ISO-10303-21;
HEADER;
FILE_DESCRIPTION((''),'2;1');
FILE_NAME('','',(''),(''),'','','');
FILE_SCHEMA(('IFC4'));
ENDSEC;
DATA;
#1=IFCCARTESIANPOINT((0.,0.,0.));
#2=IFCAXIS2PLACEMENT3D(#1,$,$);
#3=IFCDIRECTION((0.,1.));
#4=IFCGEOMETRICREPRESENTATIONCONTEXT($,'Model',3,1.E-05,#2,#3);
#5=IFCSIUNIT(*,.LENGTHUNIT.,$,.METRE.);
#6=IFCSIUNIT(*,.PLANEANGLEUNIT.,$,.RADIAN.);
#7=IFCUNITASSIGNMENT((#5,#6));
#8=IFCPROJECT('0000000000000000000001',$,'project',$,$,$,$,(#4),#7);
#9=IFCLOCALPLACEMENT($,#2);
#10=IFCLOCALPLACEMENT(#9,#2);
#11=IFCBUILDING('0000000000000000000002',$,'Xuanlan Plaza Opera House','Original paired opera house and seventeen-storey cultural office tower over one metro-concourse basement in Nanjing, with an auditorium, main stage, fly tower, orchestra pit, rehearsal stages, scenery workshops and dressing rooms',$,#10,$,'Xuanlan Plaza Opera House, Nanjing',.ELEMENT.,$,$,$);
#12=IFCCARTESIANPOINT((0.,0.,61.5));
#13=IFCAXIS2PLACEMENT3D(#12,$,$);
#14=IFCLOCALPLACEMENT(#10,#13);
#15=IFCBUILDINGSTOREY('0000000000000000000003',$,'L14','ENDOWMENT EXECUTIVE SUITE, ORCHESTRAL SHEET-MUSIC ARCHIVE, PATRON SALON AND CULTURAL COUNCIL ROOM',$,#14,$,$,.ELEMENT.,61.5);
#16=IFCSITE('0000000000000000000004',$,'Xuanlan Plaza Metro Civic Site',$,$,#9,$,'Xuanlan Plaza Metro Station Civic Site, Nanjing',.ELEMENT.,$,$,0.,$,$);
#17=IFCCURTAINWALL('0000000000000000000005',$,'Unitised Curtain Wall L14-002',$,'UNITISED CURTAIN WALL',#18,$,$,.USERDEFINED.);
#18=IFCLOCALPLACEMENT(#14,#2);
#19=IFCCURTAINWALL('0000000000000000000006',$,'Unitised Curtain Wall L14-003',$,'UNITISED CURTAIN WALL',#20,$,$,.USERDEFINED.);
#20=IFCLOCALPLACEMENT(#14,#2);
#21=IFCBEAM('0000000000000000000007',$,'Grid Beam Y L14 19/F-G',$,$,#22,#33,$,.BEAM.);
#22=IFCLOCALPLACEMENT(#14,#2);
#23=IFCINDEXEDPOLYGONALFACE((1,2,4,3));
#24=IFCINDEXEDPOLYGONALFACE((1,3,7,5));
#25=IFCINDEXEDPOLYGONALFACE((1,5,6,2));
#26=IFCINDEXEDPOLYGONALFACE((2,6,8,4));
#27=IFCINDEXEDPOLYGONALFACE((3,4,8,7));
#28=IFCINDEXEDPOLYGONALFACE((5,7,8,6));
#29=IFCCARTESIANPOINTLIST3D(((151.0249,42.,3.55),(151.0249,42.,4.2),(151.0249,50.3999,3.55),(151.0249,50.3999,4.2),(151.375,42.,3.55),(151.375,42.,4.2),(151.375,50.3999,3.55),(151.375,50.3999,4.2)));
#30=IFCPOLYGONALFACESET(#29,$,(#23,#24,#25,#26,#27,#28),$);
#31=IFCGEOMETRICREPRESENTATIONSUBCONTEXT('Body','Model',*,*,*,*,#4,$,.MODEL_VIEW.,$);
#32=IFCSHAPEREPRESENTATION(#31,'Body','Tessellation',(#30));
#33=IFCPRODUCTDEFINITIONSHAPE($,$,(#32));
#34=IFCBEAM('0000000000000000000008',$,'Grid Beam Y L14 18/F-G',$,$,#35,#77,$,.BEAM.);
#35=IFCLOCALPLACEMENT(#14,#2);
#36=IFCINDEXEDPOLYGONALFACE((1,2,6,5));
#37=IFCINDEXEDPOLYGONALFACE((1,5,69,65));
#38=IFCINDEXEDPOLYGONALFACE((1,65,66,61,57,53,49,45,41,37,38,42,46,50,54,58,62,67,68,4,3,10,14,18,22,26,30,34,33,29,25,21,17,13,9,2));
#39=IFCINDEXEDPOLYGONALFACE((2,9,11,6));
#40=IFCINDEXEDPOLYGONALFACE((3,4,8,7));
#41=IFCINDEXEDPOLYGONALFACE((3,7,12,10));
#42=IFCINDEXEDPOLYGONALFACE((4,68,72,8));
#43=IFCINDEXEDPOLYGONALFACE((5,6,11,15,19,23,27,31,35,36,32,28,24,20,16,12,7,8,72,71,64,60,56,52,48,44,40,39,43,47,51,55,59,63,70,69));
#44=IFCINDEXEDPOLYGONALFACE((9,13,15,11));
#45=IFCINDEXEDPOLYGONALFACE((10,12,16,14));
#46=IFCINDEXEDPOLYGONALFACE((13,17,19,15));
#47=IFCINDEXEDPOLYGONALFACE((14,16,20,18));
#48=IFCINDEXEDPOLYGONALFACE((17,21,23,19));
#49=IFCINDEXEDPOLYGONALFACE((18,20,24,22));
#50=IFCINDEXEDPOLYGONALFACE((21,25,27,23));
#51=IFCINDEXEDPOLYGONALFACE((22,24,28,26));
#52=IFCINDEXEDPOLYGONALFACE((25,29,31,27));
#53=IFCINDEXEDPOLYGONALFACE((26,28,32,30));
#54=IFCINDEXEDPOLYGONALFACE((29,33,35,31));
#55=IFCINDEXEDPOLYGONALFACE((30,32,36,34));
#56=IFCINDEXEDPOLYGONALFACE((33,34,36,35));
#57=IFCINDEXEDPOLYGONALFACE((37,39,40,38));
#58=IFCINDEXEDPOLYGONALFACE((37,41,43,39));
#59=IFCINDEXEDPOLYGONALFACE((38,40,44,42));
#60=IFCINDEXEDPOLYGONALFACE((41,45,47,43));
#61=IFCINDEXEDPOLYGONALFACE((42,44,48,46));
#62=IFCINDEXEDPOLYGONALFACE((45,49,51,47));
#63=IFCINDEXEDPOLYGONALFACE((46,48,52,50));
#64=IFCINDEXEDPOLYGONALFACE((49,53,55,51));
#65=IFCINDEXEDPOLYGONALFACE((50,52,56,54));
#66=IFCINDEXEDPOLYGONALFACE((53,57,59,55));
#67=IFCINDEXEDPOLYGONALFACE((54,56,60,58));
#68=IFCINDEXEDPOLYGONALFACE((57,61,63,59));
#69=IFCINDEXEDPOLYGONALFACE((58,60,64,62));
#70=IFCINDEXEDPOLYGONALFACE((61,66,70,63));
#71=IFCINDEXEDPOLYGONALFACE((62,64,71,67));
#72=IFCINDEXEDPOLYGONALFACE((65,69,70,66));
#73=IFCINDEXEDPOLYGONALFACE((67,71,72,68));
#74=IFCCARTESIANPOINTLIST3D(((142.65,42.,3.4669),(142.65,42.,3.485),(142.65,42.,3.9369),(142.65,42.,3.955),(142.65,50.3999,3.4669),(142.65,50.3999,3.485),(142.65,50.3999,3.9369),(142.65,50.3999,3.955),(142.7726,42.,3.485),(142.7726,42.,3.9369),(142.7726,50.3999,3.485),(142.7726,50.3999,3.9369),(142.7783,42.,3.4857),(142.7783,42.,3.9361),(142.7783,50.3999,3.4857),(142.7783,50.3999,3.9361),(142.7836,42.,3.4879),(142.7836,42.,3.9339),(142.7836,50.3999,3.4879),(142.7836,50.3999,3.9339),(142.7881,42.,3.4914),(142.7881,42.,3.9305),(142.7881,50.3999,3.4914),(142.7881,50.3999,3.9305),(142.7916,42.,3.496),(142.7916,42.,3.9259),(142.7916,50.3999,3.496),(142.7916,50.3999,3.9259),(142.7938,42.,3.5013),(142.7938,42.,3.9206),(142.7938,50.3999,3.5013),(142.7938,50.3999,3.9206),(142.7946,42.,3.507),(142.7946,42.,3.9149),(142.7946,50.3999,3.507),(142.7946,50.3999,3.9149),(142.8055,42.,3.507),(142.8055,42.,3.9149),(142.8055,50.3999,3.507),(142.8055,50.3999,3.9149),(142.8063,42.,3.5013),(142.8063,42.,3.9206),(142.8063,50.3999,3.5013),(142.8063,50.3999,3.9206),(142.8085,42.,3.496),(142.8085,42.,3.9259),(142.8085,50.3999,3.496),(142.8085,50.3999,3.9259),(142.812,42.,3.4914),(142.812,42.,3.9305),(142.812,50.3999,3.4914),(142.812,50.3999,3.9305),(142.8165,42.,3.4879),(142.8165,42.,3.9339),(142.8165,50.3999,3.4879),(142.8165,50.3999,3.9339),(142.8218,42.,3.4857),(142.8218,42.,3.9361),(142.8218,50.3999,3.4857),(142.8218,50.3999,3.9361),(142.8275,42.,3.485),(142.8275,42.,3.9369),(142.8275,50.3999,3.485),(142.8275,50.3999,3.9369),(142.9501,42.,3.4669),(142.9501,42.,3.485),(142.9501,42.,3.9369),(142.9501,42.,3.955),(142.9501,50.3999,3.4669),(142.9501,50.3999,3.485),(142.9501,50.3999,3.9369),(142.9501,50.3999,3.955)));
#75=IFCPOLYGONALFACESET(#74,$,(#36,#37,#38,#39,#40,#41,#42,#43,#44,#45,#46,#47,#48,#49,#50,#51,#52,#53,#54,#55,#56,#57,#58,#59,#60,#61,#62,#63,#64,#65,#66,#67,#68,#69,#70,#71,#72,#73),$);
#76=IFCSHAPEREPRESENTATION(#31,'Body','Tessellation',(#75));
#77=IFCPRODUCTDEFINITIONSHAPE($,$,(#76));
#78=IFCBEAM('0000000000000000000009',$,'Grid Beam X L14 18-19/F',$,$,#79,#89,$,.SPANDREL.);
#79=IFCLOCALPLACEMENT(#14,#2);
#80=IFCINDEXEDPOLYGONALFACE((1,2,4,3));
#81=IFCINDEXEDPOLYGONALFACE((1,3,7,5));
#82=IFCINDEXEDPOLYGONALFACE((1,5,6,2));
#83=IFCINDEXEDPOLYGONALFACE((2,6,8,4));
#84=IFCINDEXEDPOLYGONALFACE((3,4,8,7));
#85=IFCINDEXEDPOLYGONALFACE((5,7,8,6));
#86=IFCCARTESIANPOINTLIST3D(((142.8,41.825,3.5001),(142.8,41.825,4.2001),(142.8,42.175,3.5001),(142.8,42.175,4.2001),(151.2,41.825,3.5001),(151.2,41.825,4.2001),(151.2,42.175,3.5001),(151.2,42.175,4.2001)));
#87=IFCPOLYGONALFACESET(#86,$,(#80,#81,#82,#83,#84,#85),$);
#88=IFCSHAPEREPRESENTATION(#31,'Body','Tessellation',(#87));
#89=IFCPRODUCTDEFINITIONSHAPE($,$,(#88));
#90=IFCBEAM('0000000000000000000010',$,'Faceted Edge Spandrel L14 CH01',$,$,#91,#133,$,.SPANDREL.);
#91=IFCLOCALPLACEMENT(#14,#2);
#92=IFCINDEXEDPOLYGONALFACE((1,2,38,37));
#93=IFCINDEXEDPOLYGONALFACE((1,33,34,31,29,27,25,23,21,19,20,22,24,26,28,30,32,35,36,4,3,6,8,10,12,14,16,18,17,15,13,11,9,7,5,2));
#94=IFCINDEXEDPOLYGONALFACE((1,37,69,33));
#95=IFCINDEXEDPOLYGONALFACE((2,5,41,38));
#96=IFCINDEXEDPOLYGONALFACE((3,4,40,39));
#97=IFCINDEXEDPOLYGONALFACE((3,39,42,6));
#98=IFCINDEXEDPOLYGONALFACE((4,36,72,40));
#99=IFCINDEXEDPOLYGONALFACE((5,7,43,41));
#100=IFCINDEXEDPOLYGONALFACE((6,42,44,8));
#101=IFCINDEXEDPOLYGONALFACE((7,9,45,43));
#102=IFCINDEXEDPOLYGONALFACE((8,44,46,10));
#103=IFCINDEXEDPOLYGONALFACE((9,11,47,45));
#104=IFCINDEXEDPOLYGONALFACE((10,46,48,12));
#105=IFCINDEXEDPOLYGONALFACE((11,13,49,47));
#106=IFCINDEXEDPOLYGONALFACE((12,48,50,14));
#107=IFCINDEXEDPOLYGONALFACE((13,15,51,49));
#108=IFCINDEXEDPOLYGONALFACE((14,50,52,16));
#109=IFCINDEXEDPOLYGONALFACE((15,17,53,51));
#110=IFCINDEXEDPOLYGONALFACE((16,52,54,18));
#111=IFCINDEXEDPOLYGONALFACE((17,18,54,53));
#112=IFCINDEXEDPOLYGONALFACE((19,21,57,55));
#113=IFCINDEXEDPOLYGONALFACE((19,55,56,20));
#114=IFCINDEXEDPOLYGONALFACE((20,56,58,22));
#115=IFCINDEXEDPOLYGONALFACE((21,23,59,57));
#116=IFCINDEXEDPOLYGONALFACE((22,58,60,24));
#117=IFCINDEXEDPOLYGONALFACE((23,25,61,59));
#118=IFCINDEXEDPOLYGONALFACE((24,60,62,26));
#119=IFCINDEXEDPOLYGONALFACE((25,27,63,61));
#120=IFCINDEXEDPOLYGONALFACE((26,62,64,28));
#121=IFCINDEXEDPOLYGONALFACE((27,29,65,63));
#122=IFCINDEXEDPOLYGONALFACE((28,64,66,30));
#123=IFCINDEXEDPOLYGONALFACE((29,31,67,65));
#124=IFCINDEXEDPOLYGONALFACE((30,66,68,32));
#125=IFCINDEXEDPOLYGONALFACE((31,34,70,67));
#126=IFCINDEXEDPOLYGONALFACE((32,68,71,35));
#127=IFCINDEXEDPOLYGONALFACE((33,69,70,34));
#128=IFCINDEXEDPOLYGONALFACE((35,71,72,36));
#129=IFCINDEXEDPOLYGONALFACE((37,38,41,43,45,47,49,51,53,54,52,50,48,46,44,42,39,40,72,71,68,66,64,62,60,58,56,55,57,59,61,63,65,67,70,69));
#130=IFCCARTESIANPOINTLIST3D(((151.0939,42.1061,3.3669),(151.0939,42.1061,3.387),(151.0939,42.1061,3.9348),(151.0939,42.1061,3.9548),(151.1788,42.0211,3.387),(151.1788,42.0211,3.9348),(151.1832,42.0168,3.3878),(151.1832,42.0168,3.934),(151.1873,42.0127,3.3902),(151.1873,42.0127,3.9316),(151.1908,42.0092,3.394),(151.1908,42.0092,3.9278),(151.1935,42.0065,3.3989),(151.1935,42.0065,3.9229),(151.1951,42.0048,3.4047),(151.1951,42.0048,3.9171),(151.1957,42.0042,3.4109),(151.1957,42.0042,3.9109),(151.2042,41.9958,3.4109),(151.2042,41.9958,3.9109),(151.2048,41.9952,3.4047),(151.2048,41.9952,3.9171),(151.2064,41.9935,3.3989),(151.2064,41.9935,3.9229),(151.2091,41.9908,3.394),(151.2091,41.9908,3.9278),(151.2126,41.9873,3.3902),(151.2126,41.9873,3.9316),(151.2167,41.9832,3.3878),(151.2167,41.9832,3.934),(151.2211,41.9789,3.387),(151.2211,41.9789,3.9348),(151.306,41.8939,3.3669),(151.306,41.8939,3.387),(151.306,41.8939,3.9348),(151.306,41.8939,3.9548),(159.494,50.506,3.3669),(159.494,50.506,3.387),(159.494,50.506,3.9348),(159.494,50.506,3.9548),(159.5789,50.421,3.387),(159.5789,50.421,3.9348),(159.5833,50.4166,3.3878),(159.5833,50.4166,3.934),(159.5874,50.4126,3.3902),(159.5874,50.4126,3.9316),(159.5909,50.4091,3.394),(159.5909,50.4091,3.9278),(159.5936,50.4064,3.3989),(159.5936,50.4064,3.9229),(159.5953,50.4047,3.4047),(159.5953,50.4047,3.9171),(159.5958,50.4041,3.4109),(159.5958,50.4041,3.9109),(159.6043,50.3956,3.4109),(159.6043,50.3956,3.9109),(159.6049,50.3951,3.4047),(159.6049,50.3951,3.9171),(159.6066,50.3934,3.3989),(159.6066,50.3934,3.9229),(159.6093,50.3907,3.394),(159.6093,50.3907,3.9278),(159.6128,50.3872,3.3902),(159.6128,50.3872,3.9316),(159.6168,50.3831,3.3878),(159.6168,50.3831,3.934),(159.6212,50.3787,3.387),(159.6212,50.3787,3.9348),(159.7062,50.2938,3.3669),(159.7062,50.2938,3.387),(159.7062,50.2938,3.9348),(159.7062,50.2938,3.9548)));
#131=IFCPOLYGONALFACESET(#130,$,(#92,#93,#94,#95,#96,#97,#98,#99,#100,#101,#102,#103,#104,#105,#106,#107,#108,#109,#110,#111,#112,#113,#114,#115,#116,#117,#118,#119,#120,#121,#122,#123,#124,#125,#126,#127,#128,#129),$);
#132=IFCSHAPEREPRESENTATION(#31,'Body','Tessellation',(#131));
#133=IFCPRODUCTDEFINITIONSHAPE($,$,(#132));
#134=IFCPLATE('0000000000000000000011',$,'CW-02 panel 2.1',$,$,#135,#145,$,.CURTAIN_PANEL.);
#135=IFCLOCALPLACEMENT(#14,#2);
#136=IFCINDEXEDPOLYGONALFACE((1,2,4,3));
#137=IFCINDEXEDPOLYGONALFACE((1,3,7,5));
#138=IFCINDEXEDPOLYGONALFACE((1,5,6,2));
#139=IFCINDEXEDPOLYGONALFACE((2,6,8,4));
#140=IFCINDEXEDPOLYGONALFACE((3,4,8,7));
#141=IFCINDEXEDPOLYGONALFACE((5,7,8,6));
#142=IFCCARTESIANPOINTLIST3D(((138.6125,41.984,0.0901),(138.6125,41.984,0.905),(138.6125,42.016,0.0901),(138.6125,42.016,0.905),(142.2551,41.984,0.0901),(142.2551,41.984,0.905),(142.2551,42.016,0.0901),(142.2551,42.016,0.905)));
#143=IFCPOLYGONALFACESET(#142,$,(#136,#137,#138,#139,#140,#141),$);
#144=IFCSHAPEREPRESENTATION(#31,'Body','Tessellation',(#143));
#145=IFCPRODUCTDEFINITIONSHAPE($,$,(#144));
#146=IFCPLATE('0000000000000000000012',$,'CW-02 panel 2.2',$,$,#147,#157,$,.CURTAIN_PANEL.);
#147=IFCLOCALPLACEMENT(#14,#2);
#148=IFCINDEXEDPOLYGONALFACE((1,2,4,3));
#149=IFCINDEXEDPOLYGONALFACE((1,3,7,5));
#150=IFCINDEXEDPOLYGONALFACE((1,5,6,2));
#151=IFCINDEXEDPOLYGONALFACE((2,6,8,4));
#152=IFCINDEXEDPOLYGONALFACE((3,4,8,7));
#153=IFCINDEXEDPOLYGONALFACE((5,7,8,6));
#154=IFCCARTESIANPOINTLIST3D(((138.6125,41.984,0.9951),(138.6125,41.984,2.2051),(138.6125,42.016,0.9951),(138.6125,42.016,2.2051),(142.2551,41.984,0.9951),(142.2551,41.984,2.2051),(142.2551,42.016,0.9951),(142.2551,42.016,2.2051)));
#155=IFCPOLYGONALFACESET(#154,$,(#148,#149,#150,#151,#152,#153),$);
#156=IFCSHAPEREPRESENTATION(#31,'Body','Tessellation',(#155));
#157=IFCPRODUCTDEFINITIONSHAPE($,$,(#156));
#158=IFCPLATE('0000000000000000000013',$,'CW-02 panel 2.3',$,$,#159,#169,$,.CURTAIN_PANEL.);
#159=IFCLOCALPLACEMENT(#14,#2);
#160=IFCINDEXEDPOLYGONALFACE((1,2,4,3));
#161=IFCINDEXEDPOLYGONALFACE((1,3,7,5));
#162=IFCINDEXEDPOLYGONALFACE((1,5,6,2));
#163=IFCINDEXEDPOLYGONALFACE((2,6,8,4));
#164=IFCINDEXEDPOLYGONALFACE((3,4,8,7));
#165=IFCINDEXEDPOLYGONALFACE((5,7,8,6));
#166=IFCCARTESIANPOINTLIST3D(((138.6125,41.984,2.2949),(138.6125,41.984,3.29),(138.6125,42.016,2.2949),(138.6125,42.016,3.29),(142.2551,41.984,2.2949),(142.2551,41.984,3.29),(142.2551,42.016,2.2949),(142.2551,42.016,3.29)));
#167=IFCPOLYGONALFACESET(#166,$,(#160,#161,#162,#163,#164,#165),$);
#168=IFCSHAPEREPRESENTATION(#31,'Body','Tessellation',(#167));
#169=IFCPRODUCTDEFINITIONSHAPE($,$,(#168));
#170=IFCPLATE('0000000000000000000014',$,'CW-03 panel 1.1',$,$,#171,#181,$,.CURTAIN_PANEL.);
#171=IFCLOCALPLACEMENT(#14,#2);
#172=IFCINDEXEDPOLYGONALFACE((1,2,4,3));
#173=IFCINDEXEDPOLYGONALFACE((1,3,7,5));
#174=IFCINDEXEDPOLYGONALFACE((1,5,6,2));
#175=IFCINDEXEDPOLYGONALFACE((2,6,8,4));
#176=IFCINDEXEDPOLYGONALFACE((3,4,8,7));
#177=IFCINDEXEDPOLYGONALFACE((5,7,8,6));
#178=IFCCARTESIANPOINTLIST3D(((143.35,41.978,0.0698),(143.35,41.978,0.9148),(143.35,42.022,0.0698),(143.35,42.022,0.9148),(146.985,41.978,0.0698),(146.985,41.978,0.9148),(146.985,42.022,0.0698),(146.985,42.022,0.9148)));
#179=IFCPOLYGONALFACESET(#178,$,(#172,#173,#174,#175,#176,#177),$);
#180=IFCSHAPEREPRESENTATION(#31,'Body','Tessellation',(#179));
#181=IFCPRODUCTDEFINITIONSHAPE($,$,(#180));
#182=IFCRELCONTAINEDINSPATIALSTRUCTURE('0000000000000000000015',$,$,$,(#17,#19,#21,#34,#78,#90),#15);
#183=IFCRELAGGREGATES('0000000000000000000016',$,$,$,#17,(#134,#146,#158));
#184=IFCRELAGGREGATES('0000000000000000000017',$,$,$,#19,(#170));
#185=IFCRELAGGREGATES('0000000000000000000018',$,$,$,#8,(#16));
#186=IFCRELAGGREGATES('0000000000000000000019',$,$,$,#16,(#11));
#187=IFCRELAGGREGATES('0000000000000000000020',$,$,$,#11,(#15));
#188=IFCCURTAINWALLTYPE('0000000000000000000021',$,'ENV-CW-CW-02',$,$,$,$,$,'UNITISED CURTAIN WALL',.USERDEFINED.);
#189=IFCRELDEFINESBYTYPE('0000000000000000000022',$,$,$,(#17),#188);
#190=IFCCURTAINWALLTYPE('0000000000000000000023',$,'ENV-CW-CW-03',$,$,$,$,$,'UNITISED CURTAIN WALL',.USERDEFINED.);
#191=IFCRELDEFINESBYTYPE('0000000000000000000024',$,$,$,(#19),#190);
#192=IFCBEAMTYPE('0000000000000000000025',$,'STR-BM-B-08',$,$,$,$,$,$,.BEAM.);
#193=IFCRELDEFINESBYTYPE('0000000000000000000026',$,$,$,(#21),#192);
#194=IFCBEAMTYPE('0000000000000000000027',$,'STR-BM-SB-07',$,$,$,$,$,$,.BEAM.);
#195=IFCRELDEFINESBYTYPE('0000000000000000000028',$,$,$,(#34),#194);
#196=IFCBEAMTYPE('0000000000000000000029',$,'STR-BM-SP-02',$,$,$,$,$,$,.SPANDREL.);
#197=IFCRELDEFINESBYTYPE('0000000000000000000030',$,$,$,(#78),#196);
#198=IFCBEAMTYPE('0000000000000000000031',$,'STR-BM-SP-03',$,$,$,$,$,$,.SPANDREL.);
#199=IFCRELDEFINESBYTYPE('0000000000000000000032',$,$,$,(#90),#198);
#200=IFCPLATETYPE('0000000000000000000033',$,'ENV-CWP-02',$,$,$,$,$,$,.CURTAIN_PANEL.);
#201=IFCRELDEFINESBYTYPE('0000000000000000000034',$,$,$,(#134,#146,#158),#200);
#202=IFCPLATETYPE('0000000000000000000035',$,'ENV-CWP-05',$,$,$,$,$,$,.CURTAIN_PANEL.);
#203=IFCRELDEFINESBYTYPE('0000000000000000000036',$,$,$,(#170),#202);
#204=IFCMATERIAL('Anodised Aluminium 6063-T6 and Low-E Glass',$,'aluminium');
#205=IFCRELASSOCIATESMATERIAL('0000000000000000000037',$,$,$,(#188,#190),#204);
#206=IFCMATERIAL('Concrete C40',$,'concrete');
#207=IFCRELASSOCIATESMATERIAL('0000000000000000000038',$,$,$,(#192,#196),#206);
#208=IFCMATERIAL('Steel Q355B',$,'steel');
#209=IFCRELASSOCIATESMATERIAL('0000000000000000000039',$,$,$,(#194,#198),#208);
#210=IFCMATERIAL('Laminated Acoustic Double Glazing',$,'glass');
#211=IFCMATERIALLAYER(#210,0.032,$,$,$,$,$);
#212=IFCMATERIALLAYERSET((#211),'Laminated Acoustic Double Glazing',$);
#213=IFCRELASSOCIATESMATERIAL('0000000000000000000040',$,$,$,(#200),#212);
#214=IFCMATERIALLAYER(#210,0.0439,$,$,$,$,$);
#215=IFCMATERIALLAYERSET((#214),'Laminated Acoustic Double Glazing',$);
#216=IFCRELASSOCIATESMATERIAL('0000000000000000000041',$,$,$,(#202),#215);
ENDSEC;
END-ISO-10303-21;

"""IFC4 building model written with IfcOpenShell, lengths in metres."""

from ifc_helpers import new_model, si_unit, direction, frame, origin, origin_2d, place, context, subcontext, project, spatial, rectangle, i_section, extrude, material, layer, layer_set, material_profile, profile_set, type_object, element, aggregate, save


model = new_model("IFC4")

# Units and contexts
model_context = context("Model", 3, precision=1e-05, world=origin(), true_north=direction((0.0, 1.0)))
body_context = subcontext(model_context, "Body", "Model", "MODEL_VIEW")
ifc_project = project(units=[si_unit("LENGTHUNIT", "METRE"), si_unit("PLANEANGLEUNIT", "RADIAN")], contexts=[model_context])

# Site, building, storey
site_placement = place(None, origin())
site = spatial("IfcSite", under=ifc_project, at=site_placement, Name="Xuanlan Plaza Metro Civic Site", LongName="Xuanlan Plaza Metro Station Civic Site, Nanjing", CompositionType="ELEMENT", RefElevation=0.0)
building_placement = place(site_placement, origin())
building = spatial("IfcBuilding", under=site, at=building_placement, Name="Xuanlan Plaza Opera House", Description="Original paired opera house and seventeen-storey cultural office tower over one metro-concourse basement in Nanjing, with an auditorium, main stage, fly tower, orchestra pit, rehearsal stages, scenery workshops and dressing rooms", LongName="Xuanlan Plaza Opera House, Nanjing", CompositionType="ELEMENT")
storey_placement = place(building_placement, frame((0.0, 0.0, 61.5)))
storey = spatial("IfcBuildingStorey", under=building, at=storey_placement, Name="L14", Description="ENDOWMENT EXECUTIVE SUITE, ORCHESTRAL SHEET-MUSIC ARCHIVE, PATRON SALON AND CULTURAL COUNCIL ROOM", CompositionType="ELEMENT", Elevation=61.5)

# Curtain wall
ifc_material_1 = material(Name="Anodised Aluminium 6063-T6 and Low-E Glass", Category="aluminium")
curtain_wall_type_1 = type_object("IfcCurtainWallType", Name="ENV-CW-CW-02", ElementType="UNITISED CURTAIN WALL", PredefinedType="USERDEFINED", material=ifc_material_1)
curtain_wall_1_placement = place(storey_placement, origin())
curtain_wall_1 = element("IfcCurtainWall", 1, at=curtain_wall_1_placement, inside=storey, type_object=curtain_wall_type_1, Name="Unitised Curtain Wall L14-002", ObjectType="UNITISED CURTAIN WALL", PredefinedType="USERDEFINED")

# Curtain wall
curtain_wall_type_2 = type_object("IfcCurtainWallType", Name="ENV-CW-CW-03", ElementType="UNITISED CURTAIN WALL", PredefinedType="USERDEFINED", material=ifc_material_1)
curtain_wall_2_placement = place(storey_placement, origin())
curtain_wall_2 = element("IfcCurtainWall", 2, at=curtain_wall_2_placement, inside=storey, type_object=curtain_wall_type_2, Name="Unitised Curtain Wall L14-003", ObjectType="UNITISED CURTAIN WALL", PredefinedType="USERDEFINED")

# Beams
ifc_material_2 = material(Name="Concrete C40", Category="concrete")
ifc_material_profile_1 = material_profile(ifc_material_2, rectangle(XDim=0.3501, YDim=0.6499, at=origin_2d()), Name="RC-BM 350x650")
ifc_profile_set_1 = profile_set([ifc_material_profile_1], Name="Concrete C40")
beam_type_1 = type_object("IfcBeamType", Name="STR-BM-B-08", PredefinedType="BEAM", material=ifc_profile_set_1)
beam_1_placement = place(storey_placement, frame((151.2, 42.0, 3.875), z_axis=(0.0, 1.0, 0.0), x_axis=(-1.0, 0.0, 0.0)))
element("IfcBeam", 3, at=beam_1_placement, inside=storey, type_object=beam_type_1, Name="Grid Beam Y L14 19/F-G", PredefinedType="BEAM", context=body_context, shape_type="SweptSolid", body=[
    extrude(rectangle(XDim=0.3501, YDim=0.6499, at=origin_2d()), origin(), (0.0, 0.0, 1.0), 8.3999),
])
ifc_material_3 = material(Name="Steel Q355B", Category="steel")
ifc_material_profile_2 = material_profile(ifc_material_3, i_section(OverallWidth=0.3, OverallDepth=0.488, WebThickness=0.011, FlangeThickness=0.0181, FilletRadius=0.022, at=origin_2d()), Name="HM 488x300x11x18")
ifc_profile_set_2 = profile_set([ifc_material_profile_2], Name="Steel Q355B")
beam_type_2 = type_object("IfcBeamType", Name="STR-BM-SB-07", PredefinedType="BEAM", material=ifc_profile_set_2)
beam_2_placement = place(storey_placement, frame((142.8, 42.0, 3.7109), z_axis=(0.0, 1.0, 0.0), x_axis=(-1.0, 0.0, 0.0)))
element("IfcBeam", 4, at=beam_2_placement, inside=storey, type_object=beam_type_2, Name="Grid Beam Y L14 18/F-G", PredefinedType="BEAM", context=body_context, shape_type="SweptSolid", body=[
    extrude(i_section(OverallWidth=0.3, OverallDepth=0.488, WebThickness=0.011, FlangeThickness=0.0181, FilletRadius=0.022, at=origin_2d()), origin(), (0.0, 0.0, 1.0), 8.3999),
])
ifc_material_profile_3 = material_profile(ifc_material_2, rectangle(XDim=0.3501, YDim=0.7, at=origin_2d()), Name="RC-SPD 350x700")
ifc_profile_set_3 = profile_set([ifc_material_profile_3], Name="Concrete C40")
beam_type_3 = type_object("IfcBeamType", Name="STR-BM-SP-02", PredefinedType="SPANDREL", material=ifc_profile_set_3)
beam_3_placement = place(storey_placement, frame((142.8, 42.0, 3.8501), z_axis=(1.0, 0.0, 0.0), x_axis=(0.0, 1.0, 0.0)))
element("IfcBeam", 5, at=beam_3_placement, inside=storey, type_object=beam_type_3, Name="Grid Beam X L14 18-19/F", PredefinedType="SPANDREL", context=body_context, shape_type="SweptSolid", body=[
    extrude(rectangle(XDim=0.3501, YDim=0.7, at=origin_2d()), origin(), (0.0, 0.0, 1.0), 8.3999),
])
ifc_material_profile_4 = material_profile(ifc_material_3, i_section(OverallWidth=0.3, OverallDepth=0.5879, WebThickness=0.012, FlangeThickness=0.02, FilletRadius=0.0239, at=origin_2d()), Name="HM 588x300x12x20")
ifc_profile_set_4 = profile_set([ifc_material_profile_4], Name="Steel Q355B")
beam_type_4 = type_object("IfcBeamType", Name="STR-BM-SP-03", PredefinedType="SPANDREL", material=ifc_profile_set_4)
beam_4_placement = place(storey_placement, frame((151.2, 42.0, 3.6609), z_axis=(0.707117, 0.707097, 0.0), x_axis=(-0.707097, 0.707117, 0.0)))
element("IfcBeam", 6, at=beam_4_placement, inside=storey, type_object=beam_type_4, Name="Faceted Edge Spandrel L14 CH01", PredefinedType="SPANDREL", context=body_context, shape_type="SweptSolid", body=[
    extrude(i_section(OverallWidth=0.3, OverallDepth=0.5879, WebThickness=0.012, FlangeThickness=0.02, FilletRadius=0.0239, at=origin_2d()), origin(), (0.0, 0.0, 1.0), 11.8794),
])

# Plates
ifc_material_4 = material(Name="Laminated Acoustic Double Glazing", Category="glass")
ifc_layer_1 = layer(ifc_material_4, 0.032)
ifc_layer_set_1 = layer_set([ifc_layer_1], Name="Laminated Acoustic Double Glazing")
plate_type_1 = type_object("IfcPlateType", Name="ENV-CWP-02", PredefinedType="CURTAIN_PANEL", material=ifc_layer_set_1)
plate_1_placement = place(storey_placement, frame((140.4338, 42.0, 0.0901), z_axis=(0.0, 0.0, 1.0), x_axis=(1.0, 0.0, 0.0)))
plate_1 = element("IfcPlate", 7, at=plate_1_placement, type_object=plate_type_1, Name="CW-02 panel 2.1", PredefinedType="CURTAIN_PANEL", context=body_context, shape_type="SweptSolid", body=[
    extrude(rectangle(XDim=3.6426, YDim=0.032, at=origin_2d()), origin(), (0.0, 0.0, 1.0), 0.8149),
])
plate_2_placement = place(storey_placement, frame((140.4338, 42.0, 0.9951), z_axis=(0.0, 0.0, 1.0), x_axis=(1.0, 0.0, 0.0)))
plate_2 = element("IfcPlate", 8, at=plate_2_placement, type_object=plate_type_1, Name="CW-02 panel 2.2", PredefinedType="CURTAIN_PANEL", context=body_context, shape_type="SweptSolid", body=[
    extrude(rectangle(XDim=3.6426, YDim=0.032, at=origin_2d()), origin(), (0.0, 0.0, 1.0), 1.21),
])
plate_3_placement = place(storey_placement, frame((140.4338, 42.0, 2.2949), z_axis=(0.0, 0.0, 1.0), x_axis=(1.0, 0.0, 0.0)))
plate_3 = element("IfcPlate", 9, at=plate_3_placement, type_object=plate_type_1, Name="CW-02 panel 2.3", PredefinedType="CURTAIN_PANEL", context=body_context, shape_type="SweptSolid", body=[
    extrude(rectangle(XDim=3.6426, YDim=0.032, at=origin_2d()), origin(), (0.0, 0.0, 1.0), 0.9951),
])
aggregate(curtain_wall_1, [plate_1, plate_2, plate_3])
ifc_layer_2 = layer(ifc_material_4, 0.0439)
ifc_layer_set_2 = layer_set([ifc_layer_2], Name="Laminated Acoustic Double Glazing")
plate_type_2 = type_object("IfcPlateType", Name="ENV-CWP-05", PredefinedType="CURTAIN_PANEL", material=ifc_layer_set_2)
plate_4_placement = place(storey_placement, frame((145.1675, 42.0, 0.0698), z_axis=(0.0, 0.0, 1.0), x_axis=(1.0, 0.0, 0.0)))
plate_4 = element("IfcPlate", 10, at=plate_4_placement, type_object=plate_type_2, Name="CW-03 panel 1.1", PredefinedType="CURTAIN_PANEL", context=body_context, shape_type="SweptSolid", body=[
    extrude(rectangle(XDim=3.635, YDim=0.0439, at=origin_2d()), origin(), (0.0, 0.0, 1.0), 0.845),
])
aggregate(curtain_wall_2, [plate_4])

save(model, "model.ifc")
